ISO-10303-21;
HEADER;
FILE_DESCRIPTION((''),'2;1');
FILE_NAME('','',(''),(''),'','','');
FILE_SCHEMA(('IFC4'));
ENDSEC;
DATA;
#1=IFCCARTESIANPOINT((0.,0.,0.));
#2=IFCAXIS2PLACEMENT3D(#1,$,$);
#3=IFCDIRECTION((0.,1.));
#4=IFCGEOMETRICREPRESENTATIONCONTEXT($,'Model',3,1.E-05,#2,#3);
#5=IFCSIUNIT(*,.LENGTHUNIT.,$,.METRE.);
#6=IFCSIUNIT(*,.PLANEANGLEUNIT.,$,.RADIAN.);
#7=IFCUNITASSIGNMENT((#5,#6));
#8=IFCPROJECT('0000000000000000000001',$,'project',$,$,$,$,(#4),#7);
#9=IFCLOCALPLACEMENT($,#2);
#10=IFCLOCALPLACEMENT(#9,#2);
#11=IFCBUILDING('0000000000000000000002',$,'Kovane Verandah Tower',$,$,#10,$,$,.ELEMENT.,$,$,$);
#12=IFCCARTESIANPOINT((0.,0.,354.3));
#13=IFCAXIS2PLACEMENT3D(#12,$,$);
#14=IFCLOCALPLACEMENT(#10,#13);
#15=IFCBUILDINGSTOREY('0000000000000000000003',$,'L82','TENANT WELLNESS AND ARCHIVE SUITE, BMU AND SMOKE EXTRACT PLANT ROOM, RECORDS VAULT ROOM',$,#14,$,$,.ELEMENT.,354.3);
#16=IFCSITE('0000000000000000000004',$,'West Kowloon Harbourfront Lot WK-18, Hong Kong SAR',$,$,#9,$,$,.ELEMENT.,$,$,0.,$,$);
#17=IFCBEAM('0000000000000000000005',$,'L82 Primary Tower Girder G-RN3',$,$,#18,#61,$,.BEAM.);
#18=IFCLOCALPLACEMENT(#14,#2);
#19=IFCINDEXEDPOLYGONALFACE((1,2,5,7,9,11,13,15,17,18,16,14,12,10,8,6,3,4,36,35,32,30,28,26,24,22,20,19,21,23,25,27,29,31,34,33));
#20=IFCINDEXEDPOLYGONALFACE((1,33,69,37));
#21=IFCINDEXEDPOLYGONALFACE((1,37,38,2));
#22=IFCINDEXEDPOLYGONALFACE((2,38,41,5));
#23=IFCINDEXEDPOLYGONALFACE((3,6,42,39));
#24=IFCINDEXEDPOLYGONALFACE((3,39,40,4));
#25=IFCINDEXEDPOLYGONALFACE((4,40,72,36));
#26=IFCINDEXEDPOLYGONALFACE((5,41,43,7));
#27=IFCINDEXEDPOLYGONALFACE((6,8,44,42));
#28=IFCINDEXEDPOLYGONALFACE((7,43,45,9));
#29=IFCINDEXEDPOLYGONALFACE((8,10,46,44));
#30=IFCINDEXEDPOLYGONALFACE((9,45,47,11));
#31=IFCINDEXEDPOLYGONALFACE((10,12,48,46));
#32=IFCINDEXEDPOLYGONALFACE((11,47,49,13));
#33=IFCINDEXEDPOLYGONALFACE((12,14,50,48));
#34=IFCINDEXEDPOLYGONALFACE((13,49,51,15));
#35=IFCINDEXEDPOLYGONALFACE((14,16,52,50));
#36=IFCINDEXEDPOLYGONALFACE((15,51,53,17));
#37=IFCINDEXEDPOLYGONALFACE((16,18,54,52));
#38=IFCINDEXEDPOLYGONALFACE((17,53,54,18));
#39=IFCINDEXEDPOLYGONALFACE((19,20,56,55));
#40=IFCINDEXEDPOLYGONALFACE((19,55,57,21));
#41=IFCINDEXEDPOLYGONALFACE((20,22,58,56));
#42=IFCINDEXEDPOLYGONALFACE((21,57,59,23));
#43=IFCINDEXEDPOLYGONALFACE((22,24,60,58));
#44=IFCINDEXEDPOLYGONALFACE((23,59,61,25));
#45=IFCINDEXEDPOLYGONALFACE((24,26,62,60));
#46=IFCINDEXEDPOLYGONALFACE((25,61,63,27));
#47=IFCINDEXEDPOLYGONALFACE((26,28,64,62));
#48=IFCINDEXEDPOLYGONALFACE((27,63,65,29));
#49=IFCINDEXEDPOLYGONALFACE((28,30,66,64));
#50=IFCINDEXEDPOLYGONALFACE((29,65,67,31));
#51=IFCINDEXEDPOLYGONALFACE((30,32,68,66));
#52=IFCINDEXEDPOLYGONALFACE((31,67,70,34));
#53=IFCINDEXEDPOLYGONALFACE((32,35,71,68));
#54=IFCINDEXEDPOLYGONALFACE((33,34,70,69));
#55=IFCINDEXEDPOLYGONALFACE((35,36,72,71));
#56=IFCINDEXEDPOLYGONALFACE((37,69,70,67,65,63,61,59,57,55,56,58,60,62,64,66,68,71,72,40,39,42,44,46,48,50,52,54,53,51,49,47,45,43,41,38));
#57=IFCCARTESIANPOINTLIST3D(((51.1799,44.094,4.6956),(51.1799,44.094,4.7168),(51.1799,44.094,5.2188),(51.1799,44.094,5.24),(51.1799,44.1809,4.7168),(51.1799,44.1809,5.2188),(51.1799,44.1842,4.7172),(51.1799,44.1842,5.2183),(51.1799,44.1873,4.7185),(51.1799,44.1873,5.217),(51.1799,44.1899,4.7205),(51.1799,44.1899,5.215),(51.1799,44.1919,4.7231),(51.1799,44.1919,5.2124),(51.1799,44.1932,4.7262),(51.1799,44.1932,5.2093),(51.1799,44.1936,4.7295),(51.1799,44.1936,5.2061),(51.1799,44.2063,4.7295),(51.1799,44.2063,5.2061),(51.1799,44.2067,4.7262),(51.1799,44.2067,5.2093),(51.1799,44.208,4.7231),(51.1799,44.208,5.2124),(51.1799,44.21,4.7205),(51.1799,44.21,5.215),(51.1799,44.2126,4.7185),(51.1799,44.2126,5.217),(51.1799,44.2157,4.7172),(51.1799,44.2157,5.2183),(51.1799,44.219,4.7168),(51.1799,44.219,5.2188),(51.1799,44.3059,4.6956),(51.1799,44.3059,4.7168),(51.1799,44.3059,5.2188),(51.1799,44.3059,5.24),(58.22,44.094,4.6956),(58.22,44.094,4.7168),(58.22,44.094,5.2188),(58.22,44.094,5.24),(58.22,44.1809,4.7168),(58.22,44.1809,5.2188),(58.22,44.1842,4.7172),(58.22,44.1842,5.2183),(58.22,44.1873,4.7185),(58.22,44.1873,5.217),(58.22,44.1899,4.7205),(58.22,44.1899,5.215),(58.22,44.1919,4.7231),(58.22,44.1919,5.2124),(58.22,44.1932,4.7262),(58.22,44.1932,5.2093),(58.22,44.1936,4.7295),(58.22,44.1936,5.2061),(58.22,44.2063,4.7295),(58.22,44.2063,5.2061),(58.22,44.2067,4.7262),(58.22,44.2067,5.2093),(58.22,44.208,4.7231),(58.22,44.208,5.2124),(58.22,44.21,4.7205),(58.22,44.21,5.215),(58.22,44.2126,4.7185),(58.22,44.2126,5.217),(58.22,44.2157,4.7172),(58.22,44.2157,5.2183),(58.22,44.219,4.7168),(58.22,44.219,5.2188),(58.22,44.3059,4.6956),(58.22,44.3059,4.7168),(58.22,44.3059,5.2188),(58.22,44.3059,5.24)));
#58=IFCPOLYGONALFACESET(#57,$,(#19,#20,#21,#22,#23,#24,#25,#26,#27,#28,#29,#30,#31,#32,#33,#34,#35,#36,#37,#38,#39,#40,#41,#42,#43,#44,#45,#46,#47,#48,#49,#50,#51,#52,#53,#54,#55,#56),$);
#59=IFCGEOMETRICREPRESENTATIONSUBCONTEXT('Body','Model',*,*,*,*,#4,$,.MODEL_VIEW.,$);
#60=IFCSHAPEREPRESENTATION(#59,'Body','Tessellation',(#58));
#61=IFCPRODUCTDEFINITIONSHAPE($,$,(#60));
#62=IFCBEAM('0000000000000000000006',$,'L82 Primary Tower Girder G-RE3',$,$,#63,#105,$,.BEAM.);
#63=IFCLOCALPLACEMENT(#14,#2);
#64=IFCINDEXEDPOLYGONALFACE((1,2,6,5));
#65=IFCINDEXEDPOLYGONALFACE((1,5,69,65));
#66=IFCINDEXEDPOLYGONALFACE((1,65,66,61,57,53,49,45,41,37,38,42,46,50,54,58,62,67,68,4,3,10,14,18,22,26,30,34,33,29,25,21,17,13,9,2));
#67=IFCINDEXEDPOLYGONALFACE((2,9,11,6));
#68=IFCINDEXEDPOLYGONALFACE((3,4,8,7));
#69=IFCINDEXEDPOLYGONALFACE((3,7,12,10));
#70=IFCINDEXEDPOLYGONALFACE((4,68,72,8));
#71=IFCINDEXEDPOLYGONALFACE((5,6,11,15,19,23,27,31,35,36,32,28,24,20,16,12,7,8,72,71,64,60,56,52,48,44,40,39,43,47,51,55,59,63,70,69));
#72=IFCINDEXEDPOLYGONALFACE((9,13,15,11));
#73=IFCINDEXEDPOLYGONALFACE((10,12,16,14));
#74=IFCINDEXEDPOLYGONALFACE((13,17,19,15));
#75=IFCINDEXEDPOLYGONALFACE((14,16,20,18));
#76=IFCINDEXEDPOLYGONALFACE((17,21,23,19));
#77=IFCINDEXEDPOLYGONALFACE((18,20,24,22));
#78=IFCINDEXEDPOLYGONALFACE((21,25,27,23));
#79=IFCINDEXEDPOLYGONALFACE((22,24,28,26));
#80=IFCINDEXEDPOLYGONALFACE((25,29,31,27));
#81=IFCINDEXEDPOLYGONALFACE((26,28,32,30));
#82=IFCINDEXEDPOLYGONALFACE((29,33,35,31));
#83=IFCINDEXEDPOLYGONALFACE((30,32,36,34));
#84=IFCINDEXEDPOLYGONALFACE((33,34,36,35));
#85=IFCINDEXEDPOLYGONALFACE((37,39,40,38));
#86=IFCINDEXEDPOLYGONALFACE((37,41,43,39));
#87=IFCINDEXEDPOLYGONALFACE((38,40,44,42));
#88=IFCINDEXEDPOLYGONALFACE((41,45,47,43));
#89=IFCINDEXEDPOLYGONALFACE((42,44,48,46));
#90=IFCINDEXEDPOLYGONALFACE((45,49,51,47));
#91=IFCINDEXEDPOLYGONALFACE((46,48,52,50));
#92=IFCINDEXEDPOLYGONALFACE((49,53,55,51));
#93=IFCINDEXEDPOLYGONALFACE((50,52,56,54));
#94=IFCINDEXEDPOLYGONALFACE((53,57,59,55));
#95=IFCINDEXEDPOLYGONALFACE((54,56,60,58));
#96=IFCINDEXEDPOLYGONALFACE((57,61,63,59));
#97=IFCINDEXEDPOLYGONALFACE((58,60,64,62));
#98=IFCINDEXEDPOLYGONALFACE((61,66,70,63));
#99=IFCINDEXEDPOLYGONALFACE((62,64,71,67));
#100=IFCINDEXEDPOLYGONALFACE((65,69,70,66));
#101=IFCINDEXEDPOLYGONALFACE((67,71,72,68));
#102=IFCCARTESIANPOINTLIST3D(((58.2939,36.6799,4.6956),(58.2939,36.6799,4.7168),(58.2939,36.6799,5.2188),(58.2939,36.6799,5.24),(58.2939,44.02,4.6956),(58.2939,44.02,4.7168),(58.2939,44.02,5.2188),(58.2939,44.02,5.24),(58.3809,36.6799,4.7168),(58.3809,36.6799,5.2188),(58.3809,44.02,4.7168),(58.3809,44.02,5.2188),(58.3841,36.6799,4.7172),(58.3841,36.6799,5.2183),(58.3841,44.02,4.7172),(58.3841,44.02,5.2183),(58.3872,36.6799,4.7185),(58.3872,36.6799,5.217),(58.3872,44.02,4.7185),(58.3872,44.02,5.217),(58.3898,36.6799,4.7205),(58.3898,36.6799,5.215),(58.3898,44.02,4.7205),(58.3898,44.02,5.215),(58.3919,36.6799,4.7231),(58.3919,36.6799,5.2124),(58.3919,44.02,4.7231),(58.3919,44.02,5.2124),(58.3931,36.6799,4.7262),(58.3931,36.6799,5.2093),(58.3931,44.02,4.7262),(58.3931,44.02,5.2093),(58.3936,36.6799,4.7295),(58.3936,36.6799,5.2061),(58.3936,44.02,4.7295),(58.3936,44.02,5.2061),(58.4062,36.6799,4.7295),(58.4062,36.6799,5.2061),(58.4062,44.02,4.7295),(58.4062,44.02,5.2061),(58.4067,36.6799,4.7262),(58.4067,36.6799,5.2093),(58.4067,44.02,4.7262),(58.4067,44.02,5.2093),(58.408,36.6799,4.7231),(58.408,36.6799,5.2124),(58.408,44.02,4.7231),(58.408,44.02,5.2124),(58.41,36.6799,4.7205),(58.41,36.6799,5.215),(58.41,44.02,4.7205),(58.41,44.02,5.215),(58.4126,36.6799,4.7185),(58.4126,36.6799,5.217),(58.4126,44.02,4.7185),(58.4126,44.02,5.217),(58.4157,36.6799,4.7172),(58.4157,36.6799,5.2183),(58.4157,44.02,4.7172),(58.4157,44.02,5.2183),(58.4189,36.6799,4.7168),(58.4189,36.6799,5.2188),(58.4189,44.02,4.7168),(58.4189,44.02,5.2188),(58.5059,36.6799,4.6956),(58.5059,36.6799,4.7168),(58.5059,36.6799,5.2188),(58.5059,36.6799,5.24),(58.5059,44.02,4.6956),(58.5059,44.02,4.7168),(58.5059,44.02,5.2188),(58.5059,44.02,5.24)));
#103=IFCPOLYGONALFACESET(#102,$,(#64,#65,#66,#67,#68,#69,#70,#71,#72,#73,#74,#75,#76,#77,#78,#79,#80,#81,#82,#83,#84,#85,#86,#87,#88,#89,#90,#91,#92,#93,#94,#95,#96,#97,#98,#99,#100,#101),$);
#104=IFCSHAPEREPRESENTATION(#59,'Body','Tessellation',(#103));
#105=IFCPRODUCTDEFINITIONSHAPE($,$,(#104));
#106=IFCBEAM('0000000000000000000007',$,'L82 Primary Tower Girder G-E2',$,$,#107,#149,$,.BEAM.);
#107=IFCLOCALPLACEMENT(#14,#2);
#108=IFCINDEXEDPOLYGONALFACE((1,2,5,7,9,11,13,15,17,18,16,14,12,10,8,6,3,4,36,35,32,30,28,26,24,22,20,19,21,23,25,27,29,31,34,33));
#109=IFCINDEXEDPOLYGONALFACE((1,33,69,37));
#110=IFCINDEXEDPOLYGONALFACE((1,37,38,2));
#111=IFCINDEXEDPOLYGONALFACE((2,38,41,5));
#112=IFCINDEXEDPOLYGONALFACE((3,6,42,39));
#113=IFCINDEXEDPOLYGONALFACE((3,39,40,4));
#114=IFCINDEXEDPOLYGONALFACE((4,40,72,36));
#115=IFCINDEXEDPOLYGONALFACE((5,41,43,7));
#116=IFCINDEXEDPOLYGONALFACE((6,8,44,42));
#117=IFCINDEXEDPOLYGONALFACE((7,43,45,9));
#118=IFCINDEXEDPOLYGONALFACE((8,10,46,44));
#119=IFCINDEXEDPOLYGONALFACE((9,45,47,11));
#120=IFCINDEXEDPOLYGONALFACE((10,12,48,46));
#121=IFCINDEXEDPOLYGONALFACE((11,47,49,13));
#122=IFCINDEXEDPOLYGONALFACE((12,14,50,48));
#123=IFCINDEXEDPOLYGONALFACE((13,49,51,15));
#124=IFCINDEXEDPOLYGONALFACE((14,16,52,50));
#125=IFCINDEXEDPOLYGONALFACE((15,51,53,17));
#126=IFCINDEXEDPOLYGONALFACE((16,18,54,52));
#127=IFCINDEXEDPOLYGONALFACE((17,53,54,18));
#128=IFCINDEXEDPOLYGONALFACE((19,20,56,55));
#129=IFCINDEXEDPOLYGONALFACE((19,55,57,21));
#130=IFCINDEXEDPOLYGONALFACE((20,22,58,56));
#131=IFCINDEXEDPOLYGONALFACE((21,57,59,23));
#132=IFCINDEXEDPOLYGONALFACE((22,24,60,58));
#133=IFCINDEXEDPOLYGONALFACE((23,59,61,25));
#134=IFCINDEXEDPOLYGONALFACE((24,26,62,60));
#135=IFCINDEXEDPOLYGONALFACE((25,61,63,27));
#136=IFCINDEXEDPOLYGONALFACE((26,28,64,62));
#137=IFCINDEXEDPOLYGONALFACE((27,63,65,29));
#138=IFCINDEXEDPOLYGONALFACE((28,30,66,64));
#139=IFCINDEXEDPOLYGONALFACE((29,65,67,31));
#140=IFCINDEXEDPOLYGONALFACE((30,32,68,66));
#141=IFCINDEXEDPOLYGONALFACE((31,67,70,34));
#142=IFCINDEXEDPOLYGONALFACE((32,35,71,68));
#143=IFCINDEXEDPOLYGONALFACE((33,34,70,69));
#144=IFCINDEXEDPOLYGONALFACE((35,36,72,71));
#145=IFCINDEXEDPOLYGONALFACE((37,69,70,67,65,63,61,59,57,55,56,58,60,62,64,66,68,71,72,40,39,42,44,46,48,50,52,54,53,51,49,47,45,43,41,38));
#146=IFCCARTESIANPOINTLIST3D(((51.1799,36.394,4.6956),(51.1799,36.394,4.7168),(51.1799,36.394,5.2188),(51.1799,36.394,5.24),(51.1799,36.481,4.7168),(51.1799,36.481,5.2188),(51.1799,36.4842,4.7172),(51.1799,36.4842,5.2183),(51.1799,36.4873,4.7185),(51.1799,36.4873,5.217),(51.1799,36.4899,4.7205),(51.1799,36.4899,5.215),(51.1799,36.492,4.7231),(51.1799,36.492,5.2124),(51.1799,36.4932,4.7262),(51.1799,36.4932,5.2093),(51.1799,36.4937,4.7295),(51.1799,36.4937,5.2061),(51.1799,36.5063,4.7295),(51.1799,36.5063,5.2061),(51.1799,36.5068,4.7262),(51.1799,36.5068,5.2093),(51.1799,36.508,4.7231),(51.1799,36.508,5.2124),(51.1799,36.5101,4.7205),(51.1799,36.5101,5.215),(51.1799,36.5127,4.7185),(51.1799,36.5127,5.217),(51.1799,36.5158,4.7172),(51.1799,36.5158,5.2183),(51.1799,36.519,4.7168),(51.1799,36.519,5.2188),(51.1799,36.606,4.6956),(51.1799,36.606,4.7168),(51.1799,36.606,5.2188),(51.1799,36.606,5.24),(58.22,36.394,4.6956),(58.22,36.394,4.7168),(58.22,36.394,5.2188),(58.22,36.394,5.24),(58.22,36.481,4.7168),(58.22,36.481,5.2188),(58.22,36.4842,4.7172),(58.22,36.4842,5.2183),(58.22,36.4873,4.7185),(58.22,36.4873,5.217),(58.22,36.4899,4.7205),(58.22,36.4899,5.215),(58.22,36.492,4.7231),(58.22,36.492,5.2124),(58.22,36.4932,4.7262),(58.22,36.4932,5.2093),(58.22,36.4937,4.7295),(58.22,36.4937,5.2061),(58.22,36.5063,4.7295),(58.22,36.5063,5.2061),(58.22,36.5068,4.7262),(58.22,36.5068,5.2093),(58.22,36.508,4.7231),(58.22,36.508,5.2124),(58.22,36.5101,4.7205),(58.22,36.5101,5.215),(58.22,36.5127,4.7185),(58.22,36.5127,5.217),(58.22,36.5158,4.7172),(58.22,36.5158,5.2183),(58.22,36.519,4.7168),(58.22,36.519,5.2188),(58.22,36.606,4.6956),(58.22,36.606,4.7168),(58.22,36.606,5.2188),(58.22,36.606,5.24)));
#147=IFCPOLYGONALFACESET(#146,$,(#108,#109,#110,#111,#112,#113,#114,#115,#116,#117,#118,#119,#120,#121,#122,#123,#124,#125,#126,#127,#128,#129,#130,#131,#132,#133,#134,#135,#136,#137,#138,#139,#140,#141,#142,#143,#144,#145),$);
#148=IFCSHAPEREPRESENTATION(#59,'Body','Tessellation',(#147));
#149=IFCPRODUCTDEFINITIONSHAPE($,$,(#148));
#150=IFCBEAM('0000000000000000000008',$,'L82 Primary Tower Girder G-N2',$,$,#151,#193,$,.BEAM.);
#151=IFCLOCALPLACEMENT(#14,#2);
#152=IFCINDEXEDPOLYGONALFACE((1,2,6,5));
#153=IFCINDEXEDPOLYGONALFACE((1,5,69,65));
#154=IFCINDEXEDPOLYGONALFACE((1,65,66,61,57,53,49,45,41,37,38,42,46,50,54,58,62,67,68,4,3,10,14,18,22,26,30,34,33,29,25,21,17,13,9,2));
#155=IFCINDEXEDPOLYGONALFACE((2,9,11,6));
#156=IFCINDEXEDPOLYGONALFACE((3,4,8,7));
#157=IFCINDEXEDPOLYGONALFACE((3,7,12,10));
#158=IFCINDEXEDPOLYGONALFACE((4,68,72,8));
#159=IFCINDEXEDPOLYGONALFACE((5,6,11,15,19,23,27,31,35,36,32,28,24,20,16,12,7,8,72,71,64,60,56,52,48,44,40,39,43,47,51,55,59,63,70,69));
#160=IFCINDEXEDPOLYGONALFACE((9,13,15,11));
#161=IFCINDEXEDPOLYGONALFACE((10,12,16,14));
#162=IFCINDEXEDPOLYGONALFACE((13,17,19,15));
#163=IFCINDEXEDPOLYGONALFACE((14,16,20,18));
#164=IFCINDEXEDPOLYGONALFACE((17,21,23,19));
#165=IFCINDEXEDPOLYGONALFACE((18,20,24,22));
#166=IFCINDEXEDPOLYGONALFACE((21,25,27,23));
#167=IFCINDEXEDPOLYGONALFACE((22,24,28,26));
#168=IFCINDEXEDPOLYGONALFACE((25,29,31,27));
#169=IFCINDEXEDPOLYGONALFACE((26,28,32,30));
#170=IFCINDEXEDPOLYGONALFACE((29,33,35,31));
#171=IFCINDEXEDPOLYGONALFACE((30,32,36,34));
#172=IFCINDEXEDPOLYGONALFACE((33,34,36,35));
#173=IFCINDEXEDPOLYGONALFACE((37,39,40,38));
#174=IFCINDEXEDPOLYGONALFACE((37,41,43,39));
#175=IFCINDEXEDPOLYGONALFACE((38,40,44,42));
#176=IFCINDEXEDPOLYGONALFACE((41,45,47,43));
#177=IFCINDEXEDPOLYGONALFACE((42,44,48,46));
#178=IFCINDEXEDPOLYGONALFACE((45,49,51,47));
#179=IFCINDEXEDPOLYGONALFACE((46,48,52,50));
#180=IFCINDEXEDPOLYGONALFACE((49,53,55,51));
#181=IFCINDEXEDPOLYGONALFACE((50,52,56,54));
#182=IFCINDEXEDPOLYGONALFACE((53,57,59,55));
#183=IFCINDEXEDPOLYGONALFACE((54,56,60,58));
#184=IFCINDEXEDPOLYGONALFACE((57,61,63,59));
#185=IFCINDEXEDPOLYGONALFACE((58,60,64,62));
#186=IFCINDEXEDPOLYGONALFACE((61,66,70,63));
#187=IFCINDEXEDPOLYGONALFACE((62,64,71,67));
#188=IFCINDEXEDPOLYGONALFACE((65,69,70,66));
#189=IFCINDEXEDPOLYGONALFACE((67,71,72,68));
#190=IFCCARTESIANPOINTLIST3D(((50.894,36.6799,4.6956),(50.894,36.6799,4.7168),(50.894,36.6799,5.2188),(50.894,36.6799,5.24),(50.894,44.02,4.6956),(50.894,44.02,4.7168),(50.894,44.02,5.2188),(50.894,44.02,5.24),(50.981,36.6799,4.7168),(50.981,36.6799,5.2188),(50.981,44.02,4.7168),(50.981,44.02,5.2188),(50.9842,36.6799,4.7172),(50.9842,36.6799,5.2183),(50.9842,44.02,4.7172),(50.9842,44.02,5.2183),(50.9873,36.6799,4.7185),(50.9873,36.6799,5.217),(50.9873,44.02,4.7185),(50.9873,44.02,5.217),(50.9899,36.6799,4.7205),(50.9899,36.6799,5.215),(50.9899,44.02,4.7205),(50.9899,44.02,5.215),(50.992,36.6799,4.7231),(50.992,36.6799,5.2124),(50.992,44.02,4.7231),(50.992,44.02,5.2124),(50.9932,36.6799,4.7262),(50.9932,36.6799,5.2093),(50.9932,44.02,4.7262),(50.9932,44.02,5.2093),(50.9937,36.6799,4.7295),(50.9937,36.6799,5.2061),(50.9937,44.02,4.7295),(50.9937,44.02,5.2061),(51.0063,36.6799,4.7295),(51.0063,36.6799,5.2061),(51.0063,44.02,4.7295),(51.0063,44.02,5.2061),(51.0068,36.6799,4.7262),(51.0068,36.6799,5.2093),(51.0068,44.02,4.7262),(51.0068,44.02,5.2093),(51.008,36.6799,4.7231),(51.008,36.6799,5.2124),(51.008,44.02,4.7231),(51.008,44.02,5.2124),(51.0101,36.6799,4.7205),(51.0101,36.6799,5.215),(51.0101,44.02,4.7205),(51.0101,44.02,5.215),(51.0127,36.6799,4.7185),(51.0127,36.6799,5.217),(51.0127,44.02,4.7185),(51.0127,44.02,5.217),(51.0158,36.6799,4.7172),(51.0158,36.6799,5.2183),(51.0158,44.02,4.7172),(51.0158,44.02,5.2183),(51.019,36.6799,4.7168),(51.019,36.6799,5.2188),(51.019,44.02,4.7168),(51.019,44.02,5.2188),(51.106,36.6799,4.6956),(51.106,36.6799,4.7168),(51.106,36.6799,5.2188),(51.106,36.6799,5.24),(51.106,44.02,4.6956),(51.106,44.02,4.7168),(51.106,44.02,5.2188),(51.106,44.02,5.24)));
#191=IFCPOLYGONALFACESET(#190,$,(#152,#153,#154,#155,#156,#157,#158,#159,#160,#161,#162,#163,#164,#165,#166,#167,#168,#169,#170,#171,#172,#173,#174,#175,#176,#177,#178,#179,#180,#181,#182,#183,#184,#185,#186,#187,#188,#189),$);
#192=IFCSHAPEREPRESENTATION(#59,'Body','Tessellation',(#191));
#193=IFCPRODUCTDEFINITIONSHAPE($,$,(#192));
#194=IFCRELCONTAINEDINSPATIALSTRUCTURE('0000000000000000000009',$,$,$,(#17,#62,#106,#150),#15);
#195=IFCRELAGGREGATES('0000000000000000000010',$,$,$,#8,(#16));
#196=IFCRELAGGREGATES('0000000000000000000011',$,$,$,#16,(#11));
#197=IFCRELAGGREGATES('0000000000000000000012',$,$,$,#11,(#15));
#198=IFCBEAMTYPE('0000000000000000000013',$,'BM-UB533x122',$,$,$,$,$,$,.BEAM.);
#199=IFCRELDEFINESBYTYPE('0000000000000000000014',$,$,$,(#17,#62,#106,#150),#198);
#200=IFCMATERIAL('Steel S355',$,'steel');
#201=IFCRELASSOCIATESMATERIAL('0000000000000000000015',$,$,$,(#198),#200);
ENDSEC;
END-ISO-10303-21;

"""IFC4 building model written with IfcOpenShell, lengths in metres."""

from ifc_helpers import new_model, si_unit, direction, frame, origin, origin_2d, place, context, subcontext, project, spatial, i_section, extrude, material, material_profile, profile_set, type_object, element, save


model = new_model("IFC4")

# Units and contexts
model_context = context("Model", 3, precision=1e-05, world=origin(), true_north=direction((0.0, 1.0)))
body_context = subcontext(model_context, "Body", "Model", "MODEL_VIEW")
ifc_project = project(units=[si_unit("LENGTHUNIT", "METRE"), si_unit("PLANEANGLEUNIT", "RADIAN")], contexts=[model_context])

# Site, building, storey
site_placement = place(None, origin())
site = spatial("IfcSite", under=ifc_project, at=site_placement, Name="West Kowloon Harbourfront Lot WK-18, Hong Kong SAR", CompositionType="ELEMENT", RefElevation=0.0)
building_placement = place(site_placement, origin())
building = spatial("IfcBuilding", under=site, at=building_placement, Name="Kovane Verandah Tower", CompositionType="ELEMENT")
storey_placement = place(building_placement, frame((0.0, 0.0, 354.3)))
storey = spatial("IfcBuildingStorey", under=building, at=storey_placement, Name="L82", Description="TENANT WELLNESS AND ARCHIVE SUITE, BMU AND SMOKE EXTRACT PLANT ROOM, RECORDS VAULT ROOM", CompositionType="ELEMENT", Elevation=354.3)

# Shared definitions
ifc_material_1 = material(Name="Steel S355", Category="steel")

# Beams
ifc_material_profile_1 = material_profile(ifc_material_1, i_section(OverallWidth=0.2119, OverallDepth=0.5444, WebThickness=0.0127, FlangeThickness=0.0212, FilletRadius=0.0127, at=origin_2d()), Name="UB533x210x122")
ifc_profile_set_1 = profile_set([ifc_material_profile_1], Name="Steel S355")
beam_type_1 = type_object("IfcBeamType", Name="BM-UB533x122", PredefinedType="BEAM", material=ifc_profile_set_1)
beam_1_placement = place(storey_placement, frame((51.1799, 44.2, 4.9678), z_axis=(1.0, 0.0, 0.0), x_axis=(0.0, 1.0, 0.0)))
element("IfcBeam", 1, at=beam_1_placement, inside=storey, type_object=beam_type_1, Name="L82 Primary Tower Girder G-RN3", PredefinedType="BEAM", context=body_context, shape_type="SweptSolid", body=[
    extrude(i_section(OverallWidth=0.2119, OverallDepth=0.5444, WebThickness=0.0127, FlangeThickness=0.0212, FilletRadius=0.0127, at=origin_2d()), origin(), (0.0, 0.0, 1.0), 7.04),
])
beam_2_placement = place(storey_placement, frame((58.3999, 36.6799, 4.9678), z_axis=(0.0, 1.0, 0.0), x_axis=(-1.0, 0.0, 0.0)))
element("IfcBeam", 2, at=beam_2_placement, inside=storey, type_object=beam_type_1, Name="L82 Primary Tower Girder G-RE3", PredefinedType="BEAM", context=body_context, shape_type="SweptSolid", body=[
    extrude(i_section(OverallWidth=0.2119, OverallDepth=0.5444, WebThickness=0.0127, FlangeThickness=0.0212, FilletRadius=0.0127, at=origin_2d()), origin(), (0.0, 0.0, 1.0), 7.3401),
])
beam_3_placement = place(storey_placement, frame((51.1799, 36.5, 4.9678), z_axis=(1.0, 0.0, 0.0), x_axis=(0.0, 1.0, 0.0)))
element("IfcBeam", 3, at=beam_3_placement, inside=storey, type_object=beam_type_1, Name="L82 Primary Tower Girder G-E2", PredefinedType="BEAM", context=body_context, shape_type="SweptSolid", body=[
    extrude(i_section(OverallWidth=0.2119, OverallDepth=0.5444, WebThickness=0.0127, FlangeThickness=0.0212, FilletRadius=0.0127, at=origin_2d()), origin(), (0.0, 0.0, 1.0), 7.04),
])
beam_4_placement = place(storey_placement, frame((51.0, 36.6799, 4.9678), z_axis=(0.0, 1.0, 0.0), x_axis=(-1.0, 0.0, 0.0)))
element("IfcBeam", 4, at=beam_4_placement, inside=storey, type_object=beam_type_1, Name="L82 Primary Tower Girder G-N2", PredefinedType="BEAM", context=body_context, shape_type="SweptSolid", body=[
    extrude(i_section(OverallWidth=0.2119, OverallDepth=0.5444, WebThickness=0.0127, FlangeThickness=0.0212, FilletRadius=0.0127, at=origin_2d()), origin(), (0.0, 0.0, 1.0), 7.3401),
])

save(model, "model.ifc")
